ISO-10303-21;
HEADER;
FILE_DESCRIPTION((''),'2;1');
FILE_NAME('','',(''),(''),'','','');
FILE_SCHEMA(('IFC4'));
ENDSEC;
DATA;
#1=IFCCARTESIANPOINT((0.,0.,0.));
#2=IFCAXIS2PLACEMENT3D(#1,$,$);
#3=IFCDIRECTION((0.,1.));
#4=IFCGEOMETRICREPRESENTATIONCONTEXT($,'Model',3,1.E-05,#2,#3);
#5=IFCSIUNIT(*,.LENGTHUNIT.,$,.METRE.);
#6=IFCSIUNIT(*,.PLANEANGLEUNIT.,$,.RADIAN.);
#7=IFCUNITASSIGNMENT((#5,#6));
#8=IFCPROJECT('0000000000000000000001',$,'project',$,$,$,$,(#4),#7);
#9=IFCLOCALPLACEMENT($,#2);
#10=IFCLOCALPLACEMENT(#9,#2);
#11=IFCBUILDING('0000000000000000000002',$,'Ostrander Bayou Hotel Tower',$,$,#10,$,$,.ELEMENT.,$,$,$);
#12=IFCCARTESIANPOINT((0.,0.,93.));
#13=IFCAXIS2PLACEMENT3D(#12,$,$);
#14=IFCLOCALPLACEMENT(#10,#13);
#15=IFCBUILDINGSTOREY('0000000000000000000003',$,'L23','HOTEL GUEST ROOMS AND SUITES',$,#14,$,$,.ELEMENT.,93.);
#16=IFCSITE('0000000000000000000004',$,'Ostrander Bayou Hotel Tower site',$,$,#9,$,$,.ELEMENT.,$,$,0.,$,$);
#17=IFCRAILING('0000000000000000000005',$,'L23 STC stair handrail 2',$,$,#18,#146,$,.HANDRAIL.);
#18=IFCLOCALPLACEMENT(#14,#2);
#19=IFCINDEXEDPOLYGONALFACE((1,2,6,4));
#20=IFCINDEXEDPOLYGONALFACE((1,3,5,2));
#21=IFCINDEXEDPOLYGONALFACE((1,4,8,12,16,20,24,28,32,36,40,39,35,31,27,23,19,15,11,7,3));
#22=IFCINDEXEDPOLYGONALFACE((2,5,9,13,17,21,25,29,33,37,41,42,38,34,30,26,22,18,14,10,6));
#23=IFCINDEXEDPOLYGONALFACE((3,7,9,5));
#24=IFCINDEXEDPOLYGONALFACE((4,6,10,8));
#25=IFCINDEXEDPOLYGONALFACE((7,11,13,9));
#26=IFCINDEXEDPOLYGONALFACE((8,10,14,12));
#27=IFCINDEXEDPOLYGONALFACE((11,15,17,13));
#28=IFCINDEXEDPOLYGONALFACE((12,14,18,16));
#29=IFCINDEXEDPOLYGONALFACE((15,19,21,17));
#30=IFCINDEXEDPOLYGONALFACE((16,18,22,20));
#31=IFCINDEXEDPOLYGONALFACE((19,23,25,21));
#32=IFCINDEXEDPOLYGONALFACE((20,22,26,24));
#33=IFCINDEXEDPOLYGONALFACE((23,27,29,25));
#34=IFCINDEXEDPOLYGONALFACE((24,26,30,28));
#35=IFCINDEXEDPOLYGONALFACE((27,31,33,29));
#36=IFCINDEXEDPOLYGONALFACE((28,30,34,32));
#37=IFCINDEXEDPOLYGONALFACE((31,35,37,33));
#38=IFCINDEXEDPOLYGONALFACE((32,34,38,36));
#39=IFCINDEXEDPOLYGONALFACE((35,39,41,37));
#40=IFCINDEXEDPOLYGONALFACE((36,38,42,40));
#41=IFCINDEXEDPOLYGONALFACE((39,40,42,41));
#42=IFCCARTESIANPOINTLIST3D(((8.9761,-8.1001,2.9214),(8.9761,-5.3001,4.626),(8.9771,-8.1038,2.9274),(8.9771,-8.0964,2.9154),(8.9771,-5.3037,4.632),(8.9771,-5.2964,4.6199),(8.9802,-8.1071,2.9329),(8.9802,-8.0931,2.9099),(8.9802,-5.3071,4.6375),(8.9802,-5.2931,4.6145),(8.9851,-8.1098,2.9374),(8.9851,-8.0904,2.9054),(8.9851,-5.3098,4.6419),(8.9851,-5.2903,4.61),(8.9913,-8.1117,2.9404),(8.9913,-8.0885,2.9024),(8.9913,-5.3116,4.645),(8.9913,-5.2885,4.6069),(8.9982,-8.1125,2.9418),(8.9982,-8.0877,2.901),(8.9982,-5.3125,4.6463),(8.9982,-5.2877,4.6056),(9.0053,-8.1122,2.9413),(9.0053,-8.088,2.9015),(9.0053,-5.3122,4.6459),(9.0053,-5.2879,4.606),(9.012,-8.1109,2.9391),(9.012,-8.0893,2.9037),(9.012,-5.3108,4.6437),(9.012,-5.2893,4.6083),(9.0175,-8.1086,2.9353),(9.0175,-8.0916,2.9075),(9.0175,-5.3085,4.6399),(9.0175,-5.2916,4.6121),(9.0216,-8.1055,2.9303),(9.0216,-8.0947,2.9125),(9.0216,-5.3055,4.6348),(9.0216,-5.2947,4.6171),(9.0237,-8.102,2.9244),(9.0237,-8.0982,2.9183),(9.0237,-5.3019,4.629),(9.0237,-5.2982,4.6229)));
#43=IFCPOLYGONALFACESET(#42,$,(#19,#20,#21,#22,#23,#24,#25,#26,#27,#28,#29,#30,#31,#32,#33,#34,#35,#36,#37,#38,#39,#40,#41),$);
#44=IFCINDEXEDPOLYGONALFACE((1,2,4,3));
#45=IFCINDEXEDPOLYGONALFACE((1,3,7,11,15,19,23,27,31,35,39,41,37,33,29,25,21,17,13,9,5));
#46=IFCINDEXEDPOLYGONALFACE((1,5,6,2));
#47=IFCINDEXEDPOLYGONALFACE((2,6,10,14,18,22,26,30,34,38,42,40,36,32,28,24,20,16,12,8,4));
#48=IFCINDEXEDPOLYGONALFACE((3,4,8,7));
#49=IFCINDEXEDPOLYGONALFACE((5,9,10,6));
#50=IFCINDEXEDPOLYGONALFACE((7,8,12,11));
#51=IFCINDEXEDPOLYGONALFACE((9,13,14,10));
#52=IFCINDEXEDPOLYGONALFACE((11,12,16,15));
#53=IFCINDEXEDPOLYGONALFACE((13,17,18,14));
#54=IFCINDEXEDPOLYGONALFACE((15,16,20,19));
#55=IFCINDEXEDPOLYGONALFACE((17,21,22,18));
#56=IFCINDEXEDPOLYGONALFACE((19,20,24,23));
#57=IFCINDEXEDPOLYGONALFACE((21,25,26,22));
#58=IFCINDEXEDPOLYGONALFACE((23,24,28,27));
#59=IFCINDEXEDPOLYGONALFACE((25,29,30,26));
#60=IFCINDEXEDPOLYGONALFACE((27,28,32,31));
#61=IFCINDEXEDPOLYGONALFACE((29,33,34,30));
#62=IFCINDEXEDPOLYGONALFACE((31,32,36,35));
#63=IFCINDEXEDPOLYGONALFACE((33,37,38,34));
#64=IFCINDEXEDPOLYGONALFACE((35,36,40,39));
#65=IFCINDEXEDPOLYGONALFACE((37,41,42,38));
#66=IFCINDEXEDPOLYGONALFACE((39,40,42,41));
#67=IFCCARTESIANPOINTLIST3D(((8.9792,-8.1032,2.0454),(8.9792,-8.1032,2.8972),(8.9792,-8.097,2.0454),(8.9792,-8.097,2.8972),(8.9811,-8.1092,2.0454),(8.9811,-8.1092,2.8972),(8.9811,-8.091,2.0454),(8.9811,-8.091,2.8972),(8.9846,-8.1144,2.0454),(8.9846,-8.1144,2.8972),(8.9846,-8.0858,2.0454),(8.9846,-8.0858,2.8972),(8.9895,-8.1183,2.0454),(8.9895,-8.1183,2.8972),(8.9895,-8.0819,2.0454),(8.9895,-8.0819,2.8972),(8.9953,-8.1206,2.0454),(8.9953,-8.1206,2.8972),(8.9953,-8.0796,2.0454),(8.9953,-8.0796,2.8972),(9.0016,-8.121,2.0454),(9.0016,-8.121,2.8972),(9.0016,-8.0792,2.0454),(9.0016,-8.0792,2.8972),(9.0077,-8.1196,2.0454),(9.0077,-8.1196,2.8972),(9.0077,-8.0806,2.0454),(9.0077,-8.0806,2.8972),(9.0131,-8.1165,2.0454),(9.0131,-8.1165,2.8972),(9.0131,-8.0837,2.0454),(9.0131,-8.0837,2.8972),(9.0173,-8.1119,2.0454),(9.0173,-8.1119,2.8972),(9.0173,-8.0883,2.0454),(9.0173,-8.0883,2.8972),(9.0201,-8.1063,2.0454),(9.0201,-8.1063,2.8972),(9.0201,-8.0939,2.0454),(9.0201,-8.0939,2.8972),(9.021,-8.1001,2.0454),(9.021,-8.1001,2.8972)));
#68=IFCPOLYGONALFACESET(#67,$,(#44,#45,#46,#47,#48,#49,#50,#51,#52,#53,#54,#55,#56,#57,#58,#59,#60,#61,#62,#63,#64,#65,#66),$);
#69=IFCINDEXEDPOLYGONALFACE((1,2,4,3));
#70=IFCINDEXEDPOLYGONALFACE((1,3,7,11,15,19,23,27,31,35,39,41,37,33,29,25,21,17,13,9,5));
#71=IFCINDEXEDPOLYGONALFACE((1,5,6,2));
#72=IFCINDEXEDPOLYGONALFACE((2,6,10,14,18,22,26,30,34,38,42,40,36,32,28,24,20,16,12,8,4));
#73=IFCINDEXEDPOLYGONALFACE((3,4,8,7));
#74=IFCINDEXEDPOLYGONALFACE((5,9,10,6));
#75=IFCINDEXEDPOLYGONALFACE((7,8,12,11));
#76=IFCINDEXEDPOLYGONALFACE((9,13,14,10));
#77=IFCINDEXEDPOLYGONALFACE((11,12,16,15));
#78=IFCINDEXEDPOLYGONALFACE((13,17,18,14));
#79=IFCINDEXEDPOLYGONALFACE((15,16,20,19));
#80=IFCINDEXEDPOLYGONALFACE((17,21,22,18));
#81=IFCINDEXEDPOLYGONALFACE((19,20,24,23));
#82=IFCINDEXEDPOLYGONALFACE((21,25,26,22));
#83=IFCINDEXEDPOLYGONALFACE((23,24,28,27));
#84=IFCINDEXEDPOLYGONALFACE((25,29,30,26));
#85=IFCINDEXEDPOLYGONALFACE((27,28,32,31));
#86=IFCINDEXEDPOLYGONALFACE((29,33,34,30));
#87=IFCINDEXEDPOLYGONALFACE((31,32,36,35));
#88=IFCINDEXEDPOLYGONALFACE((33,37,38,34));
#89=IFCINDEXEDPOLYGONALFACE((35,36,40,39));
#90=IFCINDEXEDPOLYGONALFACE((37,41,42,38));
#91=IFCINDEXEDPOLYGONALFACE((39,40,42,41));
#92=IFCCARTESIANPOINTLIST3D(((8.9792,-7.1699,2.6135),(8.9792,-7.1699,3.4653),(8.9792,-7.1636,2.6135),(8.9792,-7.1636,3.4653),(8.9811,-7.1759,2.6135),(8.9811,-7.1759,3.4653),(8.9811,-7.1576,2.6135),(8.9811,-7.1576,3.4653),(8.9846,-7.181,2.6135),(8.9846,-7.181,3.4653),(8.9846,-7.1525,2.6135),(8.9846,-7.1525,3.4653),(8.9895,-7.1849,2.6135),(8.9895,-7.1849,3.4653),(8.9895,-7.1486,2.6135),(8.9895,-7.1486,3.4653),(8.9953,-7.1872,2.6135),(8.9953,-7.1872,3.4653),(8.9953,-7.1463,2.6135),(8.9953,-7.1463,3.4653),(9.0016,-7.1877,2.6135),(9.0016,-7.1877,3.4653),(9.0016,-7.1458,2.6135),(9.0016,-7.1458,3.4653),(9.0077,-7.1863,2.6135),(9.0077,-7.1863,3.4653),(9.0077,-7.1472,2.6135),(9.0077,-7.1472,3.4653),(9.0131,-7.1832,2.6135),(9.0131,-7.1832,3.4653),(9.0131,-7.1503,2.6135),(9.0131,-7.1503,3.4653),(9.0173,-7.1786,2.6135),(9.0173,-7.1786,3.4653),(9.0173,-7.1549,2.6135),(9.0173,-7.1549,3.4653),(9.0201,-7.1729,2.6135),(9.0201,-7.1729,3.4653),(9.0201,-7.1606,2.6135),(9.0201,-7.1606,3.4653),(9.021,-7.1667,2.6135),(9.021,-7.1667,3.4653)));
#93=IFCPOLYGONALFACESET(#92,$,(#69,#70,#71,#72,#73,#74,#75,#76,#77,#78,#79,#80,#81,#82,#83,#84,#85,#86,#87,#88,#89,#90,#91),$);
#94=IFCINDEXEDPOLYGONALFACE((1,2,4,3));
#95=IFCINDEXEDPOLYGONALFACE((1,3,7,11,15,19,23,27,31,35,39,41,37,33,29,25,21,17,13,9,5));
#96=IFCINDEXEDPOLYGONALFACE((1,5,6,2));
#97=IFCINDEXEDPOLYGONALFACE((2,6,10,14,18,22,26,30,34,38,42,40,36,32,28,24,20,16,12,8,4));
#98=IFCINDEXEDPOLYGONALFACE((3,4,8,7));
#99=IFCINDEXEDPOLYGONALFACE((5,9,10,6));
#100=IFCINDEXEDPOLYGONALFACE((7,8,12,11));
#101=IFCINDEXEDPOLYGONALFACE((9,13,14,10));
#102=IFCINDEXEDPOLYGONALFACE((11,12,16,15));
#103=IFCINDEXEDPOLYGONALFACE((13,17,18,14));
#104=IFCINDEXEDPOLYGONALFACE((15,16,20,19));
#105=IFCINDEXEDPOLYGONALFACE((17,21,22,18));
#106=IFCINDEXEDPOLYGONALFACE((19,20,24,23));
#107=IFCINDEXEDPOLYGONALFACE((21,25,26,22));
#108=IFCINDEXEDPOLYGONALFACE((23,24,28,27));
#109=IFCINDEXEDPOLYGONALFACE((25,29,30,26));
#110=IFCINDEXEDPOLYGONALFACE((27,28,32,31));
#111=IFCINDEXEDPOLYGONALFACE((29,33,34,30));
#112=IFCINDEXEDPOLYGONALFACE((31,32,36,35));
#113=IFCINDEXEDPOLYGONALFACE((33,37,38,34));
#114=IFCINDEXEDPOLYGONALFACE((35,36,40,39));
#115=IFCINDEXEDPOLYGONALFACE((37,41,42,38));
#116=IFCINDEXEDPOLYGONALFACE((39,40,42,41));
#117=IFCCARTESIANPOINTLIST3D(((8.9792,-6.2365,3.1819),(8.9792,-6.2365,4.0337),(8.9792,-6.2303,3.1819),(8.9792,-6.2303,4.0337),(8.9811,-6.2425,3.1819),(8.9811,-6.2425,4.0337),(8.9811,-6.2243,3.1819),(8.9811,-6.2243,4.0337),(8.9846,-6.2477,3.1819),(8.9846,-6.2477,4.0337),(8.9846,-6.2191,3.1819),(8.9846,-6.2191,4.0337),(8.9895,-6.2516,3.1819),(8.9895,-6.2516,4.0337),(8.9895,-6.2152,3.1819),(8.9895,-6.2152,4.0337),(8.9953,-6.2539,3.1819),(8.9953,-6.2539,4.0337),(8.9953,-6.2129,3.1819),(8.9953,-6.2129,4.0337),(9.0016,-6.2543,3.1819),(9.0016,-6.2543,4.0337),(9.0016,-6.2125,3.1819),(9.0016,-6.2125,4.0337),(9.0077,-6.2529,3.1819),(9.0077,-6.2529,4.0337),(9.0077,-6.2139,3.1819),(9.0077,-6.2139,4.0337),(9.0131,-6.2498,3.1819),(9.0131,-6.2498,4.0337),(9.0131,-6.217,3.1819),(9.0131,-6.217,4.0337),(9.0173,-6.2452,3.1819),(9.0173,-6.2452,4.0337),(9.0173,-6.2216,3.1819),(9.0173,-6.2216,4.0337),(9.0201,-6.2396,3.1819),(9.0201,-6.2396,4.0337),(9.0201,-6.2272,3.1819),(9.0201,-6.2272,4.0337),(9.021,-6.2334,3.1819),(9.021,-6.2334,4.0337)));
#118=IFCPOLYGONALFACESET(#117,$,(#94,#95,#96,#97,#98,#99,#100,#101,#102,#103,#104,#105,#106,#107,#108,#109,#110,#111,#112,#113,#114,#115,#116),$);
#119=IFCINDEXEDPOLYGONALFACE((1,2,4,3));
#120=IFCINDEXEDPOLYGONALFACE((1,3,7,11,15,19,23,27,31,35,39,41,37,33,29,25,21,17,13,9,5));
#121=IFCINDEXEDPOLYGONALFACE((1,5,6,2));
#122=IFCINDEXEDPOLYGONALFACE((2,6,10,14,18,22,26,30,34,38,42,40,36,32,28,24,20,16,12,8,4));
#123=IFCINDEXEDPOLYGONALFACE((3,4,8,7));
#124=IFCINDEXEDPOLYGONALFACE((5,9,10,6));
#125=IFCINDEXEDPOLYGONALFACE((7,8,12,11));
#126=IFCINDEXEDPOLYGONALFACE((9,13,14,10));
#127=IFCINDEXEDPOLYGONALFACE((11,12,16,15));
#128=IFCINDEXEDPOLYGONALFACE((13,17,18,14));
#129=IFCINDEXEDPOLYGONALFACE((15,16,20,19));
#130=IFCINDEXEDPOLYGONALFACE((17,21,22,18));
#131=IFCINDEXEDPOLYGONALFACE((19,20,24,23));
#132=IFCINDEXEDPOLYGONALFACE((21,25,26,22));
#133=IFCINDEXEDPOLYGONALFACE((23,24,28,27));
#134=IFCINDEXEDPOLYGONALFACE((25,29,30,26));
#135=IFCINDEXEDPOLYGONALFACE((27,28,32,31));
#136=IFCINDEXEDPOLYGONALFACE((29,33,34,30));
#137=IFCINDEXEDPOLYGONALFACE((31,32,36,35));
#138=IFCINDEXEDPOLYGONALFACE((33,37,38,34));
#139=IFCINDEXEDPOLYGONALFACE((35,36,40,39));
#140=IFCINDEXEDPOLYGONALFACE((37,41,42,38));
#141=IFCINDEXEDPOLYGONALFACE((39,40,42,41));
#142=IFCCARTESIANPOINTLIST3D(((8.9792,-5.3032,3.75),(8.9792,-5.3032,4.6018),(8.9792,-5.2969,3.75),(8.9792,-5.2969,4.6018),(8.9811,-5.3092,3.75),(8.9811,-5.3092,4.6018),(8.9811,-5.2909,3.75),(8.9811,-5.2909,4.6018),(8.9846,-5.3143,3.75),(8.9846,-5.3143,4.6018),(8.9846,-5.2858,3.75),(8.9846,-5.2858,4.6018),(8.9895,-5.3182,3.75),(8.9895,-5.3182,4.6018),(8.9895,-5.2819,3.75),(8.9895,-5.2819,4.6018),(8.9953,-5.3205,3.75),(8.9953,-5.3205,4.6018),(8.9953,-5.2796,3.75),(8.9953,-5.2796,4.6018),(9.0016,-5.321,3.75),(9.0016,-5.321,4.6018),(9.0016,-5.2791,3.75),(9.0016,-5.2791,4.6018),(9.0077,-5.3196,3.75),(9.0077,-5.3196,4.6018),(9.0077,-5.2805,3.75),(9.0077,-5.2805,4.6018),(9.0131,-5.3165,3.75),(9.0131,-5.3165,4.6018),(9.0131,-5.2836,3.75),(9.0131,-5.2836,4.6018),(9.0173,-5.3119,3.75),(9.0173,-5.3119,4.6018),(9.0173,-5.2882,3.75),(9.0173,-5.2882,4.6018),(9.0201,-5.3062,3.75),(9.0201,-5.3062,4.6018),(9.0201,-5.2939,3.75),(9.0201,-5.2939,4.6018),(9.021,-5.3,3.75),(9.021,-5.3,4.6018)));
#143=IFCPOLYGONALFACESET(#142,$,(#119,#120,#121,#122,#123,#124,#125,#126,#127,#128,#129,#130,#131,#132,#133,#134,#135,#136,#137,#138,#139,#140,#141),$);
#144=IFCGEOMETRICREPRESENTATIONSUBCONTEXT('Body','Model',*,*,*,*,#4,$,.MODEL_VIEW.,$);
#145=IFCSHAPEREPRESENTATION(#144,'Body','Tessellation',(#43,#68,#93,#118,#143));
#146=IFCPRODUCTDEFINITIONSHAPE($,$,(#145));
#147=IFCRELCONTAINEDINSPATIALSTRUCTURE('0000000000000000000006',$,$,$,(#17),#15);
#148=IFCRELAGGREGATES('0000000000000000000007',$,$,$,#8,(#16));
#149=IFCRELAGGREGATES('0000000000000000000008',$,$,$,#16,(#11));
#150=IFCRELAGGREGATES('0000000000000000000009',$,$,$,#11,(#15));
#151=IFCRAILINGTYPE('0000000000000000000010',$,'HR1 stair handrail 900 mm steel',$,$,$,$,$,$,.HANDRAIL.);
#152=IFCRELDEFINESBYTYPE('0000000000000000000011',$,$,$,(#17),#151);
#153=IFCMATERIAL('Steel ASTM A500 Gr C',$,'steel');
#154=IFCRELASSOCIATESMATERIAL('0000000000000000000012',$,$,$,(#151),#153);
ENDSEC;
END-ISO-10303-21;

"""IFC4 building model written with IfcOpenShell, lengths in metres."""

from ifc_helpers import new_model, si_unit, direction, frame, origin, origin_2d, place, context, subcontext, project, spatial, circle, extrude, material, type_object, element, save


model = new_model("IFC4")

# Units and contexts
model_context = context("Model", 3, precision=1e-05, world=origin(), true_north=direction((0.0, 1.0)))
body_context = subcontext(model_context, "Body", "Model", "MODEL_VIEW")
ifc_project = project(units=[si_unit("LENGTHUNIT", "METRE"), si_unit("PLANEANGLEUNIT", "RADIAN")], contexts=[model_context])

# Site, building, storey
site_placement = place(None, origin())
site = spatial("IfcSite", under=ifc_project, at=site_placement, Name="Ostrander Bayou Hotel Tower site", CompositionType="ELEMENT", RefElevation=0.0)
building_placement = place(site_placement, origin())
building = spatial("IfcBuilding", under=site, at=building_placement, Name="Ostrander Bayou Hotel Tower", CompositionType="ELEMENT")
storey_placement = place(building_placement, frame((0.0, 0.0, 93.0)))
storey = spatial("IfcBuildingStorey", under=building, at=storey_placement, Name="L23", Description="HOTEL GUEST ROOMS AND SUITES", CompositionType="ELEMENT", Elevation=93.0)

# Railing
ifc_material_1 = material(Name="Steel ASTM A500 Gr C", Category="steel")
railing_type_1 = type_object("IfcRailingType", Name="HR1 stair handrail 900 mm steel", PredefinedType="HANDRAIL", material=ifc_material_1)
railing_1_placement = place(storey_placement, frame((9.0, -8.1001, 2.0454)))
element("IfcRailing", 1, at=railing_1_placement, inside=storey, type_object=railing_type_1, Name="L23 STC stair handrail 2", PredefinedType="HANDRAIL", context=body_context, shape_type="SweptSolid", body=[
    extrude(circle(Radius=0.0239, at=origin_2d()), frame((0.0, 0.0, 0.876), z_axis=(0.0, 0.85417, 0.519994), x_axis=(-1.0, 0.0, 0.0)), (0.0, 0.0, 1.0), 3.2781),
    extrude(circle(Radius=0.021, at=origin_2d()), origin(), (0.0, 0.0, 1.0), 0.8518),
    extrude(circle(Radius=0.021, at=origin_2d()), frame((0.0, 0.9333, 0.5681)), (0.0, 0.0, 1.0), 0.8518),
    extrude(circle(Radius=0.021, at=origin_2d()), frame((0.0, 1.8667, 1.1365)), (0.0, 0.0, 1.0), 0.8518),
    extrude(circle(Radius=0.021, at=origin_2d()), frame((0.0, 2.8, 1.7046)), (0.0, 0.0, 1.0), 0.8518),
])

save(model, "model.ifc")
